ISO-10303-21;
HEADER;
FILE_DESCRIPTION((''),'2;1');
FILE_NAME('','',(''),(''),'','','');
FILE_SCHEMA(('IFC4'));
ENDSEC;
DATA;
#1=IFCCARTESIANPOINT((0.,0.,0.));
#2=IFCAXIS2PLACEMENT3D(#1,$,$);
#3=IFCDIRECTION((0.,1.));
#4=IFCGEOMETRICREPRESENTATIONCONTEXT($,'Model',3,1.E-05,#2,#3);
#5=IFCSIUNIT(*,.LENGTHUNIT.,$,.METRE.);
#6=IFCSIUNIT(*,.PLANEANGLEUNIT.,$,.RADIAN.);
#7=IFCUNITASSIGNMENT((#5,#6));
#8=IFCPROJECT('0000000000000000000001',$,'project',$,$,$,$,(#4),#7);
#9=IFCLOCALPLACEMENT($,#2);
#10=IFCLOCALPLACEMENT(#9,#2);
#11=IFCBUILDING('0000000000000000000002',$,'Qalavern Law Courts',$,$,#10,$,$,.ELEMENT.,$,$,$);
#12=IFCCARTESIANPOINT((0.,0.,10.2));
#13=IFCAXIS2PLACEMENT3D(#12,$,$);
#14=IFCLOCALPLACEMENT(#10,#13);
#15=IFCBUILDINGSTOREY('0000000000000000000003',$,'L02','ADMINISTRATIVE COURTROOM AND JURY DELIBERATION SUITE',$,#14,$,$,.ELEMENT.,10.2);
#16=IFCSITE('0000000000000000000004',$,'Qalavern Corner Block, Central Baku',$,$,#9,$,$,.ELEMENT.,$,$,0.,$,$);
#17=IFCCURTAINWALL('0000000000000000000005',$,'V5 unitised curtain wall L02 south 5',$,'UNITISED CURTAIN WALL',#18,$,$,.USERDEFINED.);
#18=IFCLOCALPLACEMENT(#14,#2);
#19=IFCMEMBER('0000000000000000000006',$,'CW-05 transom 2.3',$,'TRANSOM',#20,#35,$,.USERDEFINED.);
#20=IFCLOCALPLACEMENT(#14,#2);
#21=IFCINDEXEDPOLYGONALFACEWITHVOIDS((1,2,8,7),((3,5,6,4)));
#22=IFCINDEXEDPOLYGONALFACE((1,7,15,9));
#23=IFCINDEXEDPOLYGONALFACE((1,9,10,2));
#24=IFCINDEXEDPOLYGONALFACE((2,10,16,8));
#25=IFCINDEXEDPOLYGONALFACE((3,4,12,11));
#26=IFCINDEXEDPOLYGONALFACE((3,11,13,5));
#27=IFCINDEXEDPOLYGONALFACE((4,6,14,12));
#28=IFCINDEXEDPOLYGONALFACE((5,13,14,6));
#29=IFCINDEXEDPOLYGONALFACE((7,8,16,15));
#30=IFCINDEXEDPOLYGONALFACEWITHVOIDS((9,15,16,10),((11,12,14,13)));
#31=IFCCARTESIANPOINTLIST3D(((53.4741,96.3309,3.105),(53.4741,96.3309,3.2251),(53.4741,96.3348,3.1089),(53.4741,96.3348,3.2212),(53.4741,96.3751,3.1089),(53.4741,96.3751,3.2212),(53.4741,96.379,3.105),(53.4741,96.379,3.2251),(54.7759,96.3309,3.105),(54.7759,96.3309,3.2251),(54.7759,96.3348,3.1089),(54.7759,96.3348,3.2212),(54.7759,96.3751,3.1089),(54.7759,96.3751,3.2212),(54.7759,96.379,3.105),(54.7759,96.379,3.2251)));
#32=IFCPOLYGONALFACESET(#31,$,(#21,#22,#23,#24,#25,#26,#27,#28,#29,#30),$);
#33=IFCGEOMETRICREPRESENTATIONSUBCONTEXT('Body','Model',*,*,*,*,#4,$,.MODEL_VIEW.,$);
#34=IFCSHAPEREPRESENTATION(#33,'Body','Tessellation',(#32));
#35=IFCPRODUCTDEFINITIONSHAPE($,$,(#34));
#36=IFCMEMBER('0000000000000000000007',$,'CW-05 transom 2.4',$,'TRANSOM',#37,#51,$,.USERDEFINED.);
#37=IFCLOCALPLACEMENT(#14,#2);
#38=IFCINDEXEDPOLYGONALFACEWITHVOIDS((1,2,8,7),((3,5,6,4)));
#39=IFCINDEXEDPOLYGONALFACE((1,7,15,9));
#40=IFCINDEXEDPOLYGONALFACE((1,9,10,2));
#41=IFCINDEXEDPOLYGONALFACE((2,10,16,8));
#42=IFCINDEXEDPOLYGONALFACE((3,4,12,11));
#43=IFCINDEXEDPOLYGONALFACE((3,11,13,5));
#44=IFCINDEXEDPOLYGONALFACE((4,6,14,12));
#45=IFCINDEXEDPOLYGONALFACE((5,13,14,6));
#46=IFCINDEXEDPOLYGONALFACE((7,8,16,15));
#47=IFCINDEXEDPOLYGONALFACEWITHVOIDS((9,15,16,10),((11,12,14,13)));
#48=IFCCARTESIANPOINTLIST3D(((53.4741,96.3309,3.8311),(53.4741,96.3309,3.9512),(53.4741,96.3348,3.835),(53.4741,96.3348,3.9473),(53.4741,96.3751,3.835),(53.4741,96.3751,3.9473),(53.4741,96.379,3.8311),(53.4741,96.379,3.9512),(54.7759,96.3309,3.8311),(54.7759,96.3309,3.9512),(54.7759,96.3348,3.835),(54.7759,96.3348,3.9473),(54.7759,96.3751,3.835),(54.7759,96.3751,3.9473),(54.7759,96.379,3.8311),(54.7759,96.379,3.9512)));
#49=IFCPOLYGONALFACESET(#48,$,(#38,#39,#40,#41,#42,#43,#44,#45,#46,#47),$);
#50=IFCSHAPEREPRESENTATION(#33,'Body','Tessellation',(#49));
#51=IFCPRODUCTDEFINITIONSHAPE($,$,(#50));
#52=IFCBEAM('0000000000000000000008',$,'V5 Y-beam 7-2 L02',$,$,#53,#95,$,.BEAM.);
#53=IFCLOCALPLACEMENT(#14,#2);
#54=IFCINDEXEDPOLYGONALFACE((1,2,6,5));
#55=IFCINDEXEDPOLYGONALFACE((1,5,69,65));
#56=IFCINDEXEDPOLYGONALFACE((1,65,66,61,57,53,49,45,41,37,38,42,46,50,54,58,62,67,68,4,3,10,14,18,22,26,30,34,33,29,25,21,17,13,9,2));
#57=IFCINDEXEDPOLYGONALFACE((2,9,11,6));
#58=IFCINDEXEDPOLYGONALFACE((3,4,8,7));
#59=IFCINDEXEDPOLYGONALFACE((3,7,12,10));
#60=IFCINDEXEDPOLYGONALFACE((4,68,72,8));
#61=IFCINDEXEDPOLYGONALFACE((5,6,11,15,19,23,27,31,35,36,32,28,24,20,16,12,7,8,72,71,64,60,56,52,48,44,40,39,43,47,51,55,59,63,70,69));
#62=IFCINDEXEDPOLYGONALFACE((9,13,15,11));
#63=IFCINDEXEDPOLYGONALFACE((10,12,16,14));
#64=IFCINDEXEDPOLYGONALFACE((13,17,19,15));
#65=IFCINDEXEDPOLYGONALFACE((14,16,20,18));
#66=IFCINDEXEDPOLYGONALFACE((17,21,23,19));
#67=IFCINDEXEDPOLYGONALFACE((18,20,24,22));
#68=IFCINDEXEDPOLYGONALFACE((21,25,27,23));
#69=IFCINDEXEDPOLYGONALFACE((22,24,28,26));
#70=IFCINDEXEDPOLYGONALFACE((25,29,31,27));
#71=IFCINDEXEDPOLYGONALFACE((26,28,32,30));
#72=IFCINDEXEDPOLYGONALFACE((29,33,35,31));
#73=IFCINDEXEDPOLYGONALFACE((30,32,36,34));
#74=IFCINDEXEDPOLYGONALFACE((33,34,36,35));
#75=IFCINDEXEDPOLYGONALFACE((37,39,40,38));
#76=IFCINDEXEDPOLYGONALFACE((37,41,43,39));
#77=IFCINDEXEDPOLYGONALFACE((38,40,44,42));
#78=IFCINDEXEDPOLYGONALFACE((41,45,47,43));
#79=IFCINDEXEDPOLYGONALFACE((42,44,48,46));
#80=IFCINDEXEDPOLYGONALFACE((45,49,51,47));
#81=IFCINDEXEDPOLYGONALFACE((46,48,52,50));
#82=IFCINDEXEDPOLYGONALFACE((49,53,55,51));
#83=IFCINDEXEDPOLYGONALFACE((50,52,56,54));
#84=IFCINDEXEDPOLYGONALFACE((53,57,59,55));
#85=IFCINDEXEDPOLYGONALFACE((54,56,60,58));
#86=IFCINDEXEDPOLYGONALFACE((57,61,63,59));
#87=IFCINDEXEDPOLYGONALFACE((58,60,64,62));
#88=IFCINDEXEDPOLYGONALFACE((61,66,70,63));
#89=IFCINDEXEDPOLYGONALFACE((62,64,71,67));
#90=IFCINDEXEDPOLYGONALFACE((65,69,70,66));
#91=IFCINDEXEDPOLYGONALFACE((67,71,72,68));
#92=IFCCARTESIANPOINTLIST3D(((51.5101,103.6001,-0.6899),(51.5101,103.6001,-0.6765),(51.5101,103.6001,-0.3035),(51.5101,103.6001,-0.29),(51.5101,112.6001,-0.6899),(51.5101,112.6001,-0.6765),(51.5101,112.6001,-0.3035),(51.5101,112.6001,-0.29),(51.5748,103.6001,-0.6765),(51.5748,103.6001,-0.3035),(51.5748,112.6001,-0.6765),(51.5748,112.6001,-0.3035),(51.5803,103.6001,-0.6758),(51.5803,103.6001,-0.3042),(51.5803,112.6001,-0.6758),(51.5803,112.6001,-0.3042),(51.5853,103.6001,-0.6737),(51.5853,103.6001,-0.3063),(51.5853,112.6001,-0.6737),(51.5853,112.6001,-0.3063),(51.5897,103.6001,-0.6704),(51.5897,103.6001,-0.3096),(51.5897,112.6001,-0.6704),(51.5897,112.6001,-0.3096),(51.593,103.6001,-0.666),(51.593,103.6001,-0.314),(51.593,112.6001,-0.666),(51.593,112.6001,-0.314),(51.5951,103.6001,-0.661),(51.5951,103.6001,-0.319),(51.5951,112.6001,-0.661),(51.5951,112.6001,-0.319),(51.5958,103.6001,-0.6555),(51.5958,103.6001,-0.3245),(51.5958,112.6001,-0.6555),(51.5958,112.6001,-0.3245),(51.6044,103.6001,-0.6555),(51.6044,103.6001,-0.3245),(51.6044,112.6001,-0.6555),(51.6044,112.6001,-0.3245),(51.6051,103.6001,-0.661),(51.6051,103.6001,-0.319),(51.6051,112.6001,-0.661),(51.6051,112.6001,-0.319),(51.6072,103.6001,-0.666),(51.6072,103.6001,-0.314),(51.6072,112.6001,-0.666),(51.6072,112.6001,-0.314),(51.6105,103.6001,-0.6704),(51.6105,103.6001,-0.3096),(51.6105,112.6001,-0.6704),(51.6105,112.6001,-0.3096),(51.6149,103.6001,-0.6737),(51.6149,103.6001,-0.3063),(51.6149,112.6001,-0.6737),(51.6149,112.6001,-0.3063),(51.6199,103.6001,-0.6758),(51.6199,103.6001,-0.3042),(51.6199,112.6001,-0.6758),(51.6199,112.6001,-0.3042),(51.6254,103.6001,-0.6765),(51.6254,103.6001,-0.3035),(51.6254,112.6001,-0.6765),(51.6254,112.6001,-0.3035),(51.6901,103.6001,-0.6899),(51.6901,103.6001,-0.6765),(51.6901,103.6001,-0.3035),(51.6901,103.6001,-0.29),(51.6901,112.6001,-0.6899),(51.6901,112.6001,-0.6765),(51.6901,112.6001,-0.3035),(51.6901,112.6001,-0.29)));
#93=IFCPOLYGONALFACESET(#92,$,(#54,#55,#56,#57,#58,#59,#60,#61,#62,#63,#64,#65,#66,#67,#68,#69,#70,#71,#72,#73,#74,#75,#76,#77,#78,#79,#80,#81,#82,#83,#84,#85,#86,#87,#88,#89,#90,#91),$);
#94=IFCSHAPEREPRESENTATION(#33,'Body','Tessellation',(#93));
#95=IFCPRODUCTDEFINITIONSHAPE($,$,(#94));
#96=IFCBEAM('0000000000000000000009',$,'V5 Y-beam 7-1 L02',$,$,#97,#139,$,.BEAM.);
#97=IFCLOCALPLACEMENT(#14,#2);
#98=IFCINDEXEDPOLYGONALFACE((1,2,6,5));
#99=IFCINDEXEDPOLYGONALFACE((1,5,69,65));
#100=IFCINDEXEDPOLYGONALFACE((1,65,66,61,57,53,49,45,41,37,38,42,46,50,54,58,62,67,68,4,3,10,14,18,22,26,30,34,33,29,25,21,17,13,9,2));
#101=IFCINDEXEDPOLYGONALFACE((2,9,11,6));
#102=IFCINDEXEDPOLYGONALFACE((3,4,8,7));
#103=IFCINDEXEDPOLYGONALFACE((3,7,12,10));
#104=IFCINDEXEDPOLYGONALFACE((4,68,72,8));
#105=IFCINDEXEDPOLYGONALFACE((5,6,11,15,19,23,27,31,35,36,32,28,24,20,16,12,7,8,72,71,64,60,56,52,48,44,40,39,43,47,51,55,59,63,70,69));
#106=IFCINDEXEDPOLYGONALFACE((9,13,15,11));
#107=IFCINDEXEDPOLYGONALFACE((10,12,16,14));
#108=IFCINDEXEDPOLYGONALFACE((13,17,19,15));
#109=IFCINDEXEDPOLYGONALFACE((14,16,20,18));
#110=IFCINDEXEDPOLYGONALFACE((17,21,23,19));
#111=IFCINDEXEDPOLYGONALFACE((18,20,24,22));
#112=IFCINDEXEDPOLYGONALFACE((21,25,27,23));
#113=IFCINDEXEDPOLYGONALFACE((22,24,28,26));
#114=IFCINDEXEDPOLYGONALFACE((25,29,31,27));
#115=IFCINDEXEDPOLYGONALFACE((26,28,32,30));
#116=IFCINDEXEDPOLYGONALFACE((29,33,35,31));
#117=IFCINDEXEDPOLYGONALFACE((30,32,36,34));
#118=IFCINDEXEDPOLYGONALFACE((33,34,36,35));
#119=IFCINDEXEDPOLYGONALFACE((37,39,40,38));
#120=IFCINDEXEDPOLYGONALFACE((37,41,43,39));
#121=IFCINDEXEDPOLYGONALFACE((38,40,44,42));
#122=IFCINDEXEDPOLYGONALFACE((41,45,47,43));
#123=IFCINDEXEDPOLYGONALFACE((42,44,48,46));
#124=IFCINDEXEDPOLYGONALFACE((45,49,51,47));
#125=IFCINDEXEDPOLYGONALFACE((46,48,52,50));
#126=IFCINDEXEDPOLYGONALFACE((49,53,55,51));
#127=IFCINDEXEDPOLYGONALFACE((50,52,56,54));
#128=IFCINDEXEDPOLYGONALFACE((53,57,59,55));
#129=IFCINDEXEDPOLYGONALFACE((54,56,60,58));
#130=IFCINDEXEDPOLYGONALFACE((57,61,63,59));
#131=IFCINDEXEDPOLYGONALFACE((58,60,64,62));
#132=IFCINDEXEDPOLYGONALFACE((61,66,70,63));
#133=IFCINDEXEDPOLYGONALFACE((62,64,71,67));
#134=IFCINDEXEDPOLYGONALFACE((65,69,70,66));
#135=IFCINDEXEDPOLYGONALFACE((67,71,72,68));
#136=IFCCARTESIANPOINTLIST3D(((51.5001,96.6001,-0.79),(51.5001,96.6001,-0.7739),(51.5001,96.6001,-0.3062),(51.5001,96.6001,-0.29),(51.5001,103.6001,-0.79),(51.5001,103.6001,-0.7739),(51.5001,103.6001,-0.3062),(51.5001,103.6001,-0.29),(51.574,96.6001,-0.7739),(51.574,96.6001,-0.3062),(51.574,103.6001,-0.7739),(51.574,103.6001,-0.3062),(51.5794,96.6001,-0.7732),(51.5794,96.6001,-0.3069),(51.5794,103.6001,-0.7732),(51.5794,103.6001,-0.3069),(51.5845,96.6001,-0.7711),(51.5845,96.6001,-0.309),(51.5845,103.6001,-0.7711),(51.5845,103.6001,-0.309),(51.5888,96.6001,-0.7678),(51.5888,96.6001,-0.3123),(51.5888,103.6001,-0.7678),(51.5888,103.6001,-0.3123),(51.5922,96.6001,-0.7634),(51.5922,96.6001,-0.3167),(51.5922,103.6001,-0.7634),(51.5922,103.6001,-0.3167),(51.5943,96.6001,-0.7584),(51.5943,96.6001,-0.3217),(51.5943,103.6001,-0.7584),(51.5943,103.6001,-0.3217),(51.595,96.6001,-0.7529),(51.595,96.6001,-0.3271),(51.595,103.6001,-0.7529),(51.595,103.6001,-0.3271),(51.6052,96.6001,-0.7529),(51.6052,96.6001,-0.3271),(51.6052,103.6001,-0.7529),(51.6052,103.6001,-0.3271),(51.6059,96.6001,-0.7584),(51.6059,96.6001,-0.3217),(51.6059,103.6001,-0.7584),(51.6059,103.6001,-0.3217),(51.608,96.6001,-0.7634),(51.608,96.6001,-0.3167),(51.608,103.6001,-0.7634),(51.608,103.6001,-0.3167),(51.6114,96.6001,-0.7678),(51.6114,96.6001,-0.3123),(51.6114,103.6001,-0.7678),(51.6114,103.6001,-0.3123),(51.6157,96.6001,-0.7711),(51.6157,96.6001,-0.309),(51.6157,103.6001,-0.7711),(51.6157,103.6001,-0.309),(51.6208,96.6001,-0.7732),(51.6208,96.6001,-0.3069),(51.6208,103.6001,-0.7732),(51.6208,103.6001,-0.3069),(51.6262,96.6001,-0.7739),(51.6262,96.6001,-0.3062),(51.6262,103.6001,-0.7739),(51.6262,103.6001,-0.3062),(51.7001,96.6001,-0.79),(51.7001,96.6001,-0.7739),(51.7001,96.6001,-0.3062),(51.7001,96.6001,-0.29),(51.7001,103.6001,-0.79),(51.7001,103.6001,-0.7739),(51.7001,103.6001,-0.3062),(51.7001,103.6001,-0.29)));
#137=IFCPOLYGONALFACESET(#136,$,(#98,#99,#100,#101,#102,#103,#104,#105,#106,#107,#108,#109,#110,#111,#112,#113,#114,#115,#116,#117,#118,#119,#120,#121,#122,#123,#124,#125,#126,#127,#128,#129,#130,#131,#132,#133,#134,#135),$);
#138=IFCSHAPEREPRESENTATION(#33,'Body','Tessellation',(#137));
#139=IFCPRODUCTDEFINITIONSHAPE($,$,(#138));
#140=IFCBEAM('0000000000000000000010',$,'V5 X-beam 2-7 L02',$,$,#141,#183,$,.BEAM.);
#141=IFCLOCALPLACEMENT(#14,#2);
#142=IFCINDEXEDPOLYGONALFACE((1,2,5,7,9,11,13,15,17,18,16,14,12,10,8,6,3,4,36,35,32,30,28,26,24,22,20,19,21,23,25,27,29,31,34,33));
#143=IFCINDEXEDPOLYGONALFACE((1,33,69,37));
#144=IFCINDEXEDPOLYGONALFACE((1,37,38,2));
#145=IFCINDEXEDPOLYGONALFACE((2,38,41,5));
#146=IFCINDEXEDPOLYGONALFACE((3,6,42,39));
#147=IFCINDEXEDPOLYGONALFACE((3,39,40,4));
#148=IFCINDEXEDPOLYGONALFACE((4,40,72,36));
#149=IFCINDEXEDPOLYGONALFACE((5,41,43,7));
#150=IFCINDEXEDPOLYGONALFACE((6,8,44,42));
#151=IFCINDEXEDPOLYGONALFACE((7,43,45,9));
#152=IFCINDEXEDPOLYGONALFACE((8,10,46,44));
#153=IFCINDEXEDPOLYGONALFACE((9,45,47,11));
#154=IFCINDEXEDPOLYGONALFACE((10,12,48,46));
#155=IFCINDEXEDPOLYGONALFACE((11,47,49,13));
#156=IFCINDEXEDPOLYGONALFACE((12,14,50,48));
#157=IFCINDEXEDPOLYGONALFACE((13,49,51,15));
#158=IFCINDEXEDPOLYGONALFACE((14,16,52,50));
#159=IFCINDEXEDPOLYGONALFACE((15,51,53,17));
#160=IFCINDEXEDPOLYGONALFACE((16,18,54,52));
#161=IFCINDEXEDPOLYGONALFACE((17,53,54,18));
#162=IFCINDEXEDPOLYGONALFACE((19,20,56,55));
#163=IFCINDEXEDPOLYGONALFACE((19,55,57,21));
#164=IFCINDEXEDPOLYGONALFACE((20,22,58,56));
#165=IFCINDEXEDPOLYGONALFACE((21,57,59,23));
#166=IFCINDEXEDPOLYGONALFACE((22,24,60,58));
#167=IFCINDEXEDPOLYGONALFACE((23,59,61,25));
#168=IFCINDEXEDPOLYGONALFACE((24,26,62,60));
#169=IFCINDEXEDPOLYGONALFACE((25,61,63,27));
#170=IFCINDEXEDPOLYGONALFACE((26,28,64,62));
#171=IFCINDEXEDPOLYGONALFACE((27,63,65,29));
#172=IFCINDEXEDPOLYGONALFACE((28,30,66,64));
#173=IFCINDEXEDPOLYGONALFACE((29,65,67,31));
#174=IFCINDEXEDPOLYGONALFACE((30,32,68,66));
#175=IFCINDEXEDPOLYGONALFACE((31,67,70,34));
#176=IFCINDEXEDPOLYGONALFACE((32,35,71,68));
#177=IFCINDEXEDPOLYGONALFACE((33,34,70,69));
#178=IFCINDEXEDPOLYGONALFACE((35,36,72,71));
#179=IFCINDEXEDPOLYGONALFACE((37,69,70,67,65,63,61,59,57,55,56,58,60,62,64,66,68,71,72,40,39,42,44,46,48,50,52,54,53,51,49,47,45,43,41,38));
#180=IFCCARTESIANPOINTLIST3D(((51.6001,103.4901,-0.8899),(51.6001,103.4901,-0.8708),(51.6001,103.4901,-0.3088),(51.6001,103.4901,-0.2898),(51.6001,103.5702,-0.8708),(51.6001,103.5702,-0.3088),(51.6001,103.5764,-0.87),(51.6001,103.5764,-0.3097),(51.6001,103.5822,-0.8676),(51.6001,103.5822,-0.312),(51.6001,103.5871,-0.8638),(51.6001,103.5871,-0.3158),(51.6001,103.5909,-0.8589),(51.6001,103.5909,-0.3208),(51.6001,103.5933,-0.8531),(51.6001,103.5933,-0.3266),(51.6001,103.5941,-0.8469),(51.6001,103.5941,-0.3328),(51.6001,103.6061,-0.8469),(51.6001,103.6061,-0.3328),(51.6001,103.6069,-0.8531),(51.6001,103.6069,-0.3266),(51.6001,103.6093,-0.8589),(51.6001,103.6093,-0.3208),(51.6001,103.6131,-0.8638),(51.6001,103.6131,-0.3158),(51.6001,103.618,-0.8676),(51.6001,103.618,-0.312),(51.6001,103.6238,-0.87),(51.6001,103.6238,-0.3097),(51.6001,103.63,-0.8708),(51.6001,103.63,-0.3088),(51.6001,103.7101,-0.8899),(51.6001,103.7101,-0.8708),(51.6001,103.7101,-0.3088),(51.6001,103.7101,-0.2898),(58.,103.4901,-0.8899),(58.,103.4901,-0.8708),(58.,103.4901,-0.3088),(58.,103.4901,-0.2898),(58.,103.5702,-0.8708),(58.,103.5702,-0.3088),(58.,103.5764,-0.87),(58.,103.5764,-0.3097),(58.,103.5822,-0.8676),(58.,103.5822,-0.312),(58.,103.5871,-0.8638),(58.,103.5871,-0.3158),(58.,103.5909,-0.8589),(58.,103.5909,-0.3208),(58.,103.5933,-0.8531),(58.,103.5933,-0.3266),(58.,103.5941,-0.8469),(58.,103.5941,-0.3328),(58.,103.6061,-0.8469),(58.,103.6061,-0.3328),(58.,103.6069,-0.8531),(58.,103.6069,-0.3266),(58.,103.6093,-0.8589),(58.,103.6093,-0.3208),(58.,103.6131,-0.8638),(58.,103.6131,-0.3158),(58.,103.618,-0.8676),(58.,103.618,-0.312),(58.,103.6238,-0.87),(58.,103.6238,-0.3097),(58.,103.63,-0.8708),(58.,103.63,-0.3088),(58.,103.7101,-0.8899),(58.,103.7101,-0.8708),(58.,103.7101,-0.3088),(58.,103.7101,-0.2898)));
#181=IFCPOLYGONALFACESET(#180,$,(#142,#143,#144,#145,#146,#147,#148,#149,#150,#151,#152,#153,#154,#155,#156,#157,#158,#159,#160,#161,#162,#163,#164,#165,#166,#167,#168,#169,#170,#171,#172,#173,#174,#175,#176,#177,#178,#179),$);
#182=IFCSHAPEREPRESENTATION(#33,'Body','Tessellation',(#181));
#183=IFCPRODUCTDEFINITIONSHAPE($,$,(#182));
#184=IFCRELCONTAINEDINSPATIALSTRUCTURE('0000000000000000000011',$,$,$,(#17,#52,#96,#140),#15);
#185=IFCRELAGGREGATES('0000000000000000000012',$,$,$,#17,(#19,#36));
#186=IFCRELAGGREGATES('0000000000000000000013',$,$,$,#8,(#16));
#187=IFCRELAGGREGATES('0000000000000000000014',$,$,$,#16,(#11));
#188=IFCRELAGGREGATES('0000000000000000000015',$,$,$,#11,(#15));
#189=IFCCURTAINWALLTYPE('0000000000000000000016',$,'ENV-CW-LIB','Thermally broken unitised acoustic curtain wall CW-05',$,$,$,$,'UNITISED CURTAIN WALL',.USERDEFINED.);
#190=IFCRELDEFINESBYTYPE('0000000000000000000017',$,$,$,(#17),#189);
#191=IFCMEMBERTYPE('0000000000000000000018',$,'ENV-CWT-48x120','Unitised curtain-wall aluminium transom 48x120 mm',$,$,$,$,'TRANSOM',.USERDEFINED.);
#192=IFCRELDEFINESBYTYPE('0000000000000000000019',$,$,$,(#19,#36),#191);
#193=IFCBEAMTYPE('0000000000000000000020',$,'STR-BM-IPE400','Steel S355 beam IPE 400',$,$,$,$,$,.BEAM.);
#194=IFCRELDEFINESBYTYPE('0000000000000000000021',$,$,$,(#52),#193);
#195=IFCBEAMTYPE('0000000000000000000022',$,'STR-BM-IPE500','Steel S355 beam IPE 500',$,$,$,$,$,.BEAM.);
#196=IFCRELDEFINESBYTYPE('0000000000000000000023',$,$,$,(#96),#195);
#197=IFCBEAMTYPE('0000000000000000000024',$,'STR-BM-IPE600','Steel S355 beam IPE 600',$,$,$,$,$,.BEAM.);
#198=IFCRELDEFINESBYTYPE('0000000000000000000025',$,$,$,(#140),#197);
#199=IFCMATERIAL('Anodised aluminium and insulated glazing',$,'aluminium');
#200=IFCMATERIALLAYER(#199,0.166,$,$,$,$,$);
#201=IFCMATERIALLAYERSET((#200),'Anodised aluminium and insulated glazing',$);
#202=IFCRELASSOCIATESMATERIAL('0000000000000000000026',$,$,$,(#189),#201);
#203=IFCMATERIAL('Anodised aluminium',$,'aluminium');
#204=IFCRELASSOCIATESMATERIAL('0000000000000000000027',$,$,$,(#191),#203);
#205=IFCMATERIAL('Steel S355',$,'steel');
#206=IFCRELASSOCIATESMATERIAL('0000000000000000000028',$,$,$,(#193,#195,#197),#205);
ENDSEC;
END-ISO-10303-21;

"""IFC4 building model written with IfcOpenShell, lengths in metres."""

from ifc_helpers import new_model, si_unit, direction, frame, origin, origin_2d, place, context, subcontext, project, spatial, hollow_rectangle, i_section, extrude, material, layer, layer_set, material_profile, profile_set, type_object, element, aggregate, save


model = new_model("IFC4")

# Units and contexts
model_context = context("Model", 3, precision=1e-05, world=origin(), true_north=direction((0.0, 1.0)))
body_context = subcontext(model_context, "Body", "Model", "MODEL_VIEW")
ifc_project = project(units=[si_unit("LENGTHUNIT", "METRE"), si_unit("PLANEANGLEUNIT", "RADIAN")], contexts=[model_context])

# Site, building, storey
site_placement = place(None, origin())
site = spatial("IfcSite", under=ifc_project, at=site_placement, Name="Qalavern Corner Block, Central Baku", CompositionType="ELEMENT", RefElevation=0.0)
building_placement = place(site_placement, origin())
building = spatial("IfcBuilding", under=site, at=building_placement, Name="Qalavern Law Courts", CompositionType="ELEMENT")
storey_placement = place(building_placement, frame((0.0, 0.0, 10.2)))
storey = spatial("IfcBuildingStorey", under=building, at=storey_placement, Name="L02", Description="ADMINISTRATIVE COURTROOM AND JURY DELIBERATION SUITE", CompositionType="ELEMENT", Elevation=10.2)

# Shared definitions
ifc_material_1 = material(Name="Anodised aluminium and insulated glazing", Category="aluminium")
ifc_layer_1 = layer(ifc_material_1, 0.166)
ifc_layer_set_1 = layer_set([ifc_layer_1], Name="Anodised aluminium and insulated glazing")
curtain_wall_type = type_object("IfcCurtainWallType", Name="ENV-CW-LIB", Description="Thermally broken unitised acoustic curtain wall CW-05", ElementType="UNITISED CURTAIN WALL", PredefinedType="USERDEFINED", material=ifc_layer_set_1)
ifc_material_2 = material(Name="Anodised aluminium", Category="aluminium")

# Curtain wall, members
curtain_wall_1_placement = place(storey_placement, origin())
curtain_wall_1 = element("IfcCurtainWall", 1, at=curtain_wall_1_placement, inside=storey, type_object=curtain_wall_type, Name="V5 unitised curtain wall L02 south 5", ObjectType="UNITISED CURTAIN WALL", PredefinedType="USERDEFINED")
ifc_material_profile_1 = material_profile(ifc_material_2, hollow_rectangle(XDim=0.0481, YDim=0.1201, WallThickness=0.0039, at=origin_2d()), Name="ALU TRANSOM 48x120")
ifc_profile_set_1 = profile_set([ifc_material_profile_1], Name="Anodised aluminium")
member_type_1 = type_object("IfcMemberType", Name="ENV-CWT-48x120", Description="Unitised curtain-wall aluminium transom 48x120 mm", ElementType="TRANSOM", PredefinedType="USERDEFINED", material=ifc_profile_set_1)
member_1_placement = place(storey_placement, frame((53.4741, 96.355, 3.165), z_axis=(1.0, 0.0, 0.0), x_axis=(0.0, 1.0, 0.0)))
member_1 = element("IfcMember", 2, at=member_1_placement, type_object=member_type_1, Name="CW-05 transom 2.3", ObjectType="TRANSOM", PredefinedType="USERDEFINED", context=body_context, shape_type="SweptSolid", body=[
    extrude(hollow_rectangle(XDim=0.0481, YDim=0.1201, WallThickness=0.0039, at=origin_2d()), origin(), (0.0, 0.0, 1.0), 1.3018),
])
member_2_placement = place(storey_placement, frame((53.4741, 96.355, 3.8911), z_axis=(1.0, 0.0, 0.0), x_axis=(0.0, 1.0, 0.0)))
member_2 = element("IfcMember", 3, at=member_2_placement, type_object=member_type_1, Name="CW-05 transom 2.4", ObjectType="TRANSOM", PredefinedType="USERDEFINED", context=body_context, shape_type="SweptSolid", body=[
    extrude(hollow_rectangle(XDim=0.0481, YDim=0.1201, WallThickness=0.0039, at=origin_2d()), origin(), (0.0, 0.0, 1.0), 1.3018),
])

# Beams
ifc_material_3 = material(Name="Steel S355", Category="steel")
ifc_material_profile_2 = material_profile(ifc_material_3, i_section(OverallWidth=0.1799, OverallDepth=0.3999, WebThickness=0.0085, FlangeThickness=0.0134, FilletRadius=0.021, at=origin_2d()), Name="IPE 400")
ifc_profile_set_2 = profile_set([ifc_material_profile_2], Name="Steel S355")
beam_type_1 = type_object("IfcBeamType", Name="STR-BM-IPE400", Description="Steel S355 beam IPE 400", PredefinedType="BEAM", material=ifc_profile_set_2)
beam_1_placement = place(storey_placement, frame((51.6001, 103.6001, -0.49), z_axis=(0.0, 1.0, 0.0), x_axis=(-1.0, 0.0, 0.0)))
element("IfcBeam", 4, at=beam_1_placement, inside=storey, type_object=beam_type_1, Name="V5 Y-beam 7-2 L02", PredefinedType="BEAM", context=body_context, shape_type="SweptSolid", body=[
    extrude(i_section(OverallWidth=0.1799, OverallDepth=0.3999, WebThickness=0.0085, FlangeThickness=0.0134, FilletRadius=0.021, at=origin_2d()), origin(), (0.0, 0.0, 1.0), 9.0),
])
ifc_material_profile_3 = material_profile(ifc_material_3, i_section(OverallWidth=0.2, OverallDepth=0.5, WebThickness=0.0103, FlangeThickness=0.0161, FilletRadius=0.021, at=origin_2d()), Name="IPE 500")
ifc_profile_set_3 = profile_set([ifc_material_profile_3], Name="Steel S355")
beam_type_2 = type_object("IfcBeamType", Name="STR-BM-IPE500", Description="Steel S355 beam IPE 500", PredefinedType="BEAM", material=ifc_profile_set_3)
beam_2_placement = place(storey_placement, frame((51.6001, 96.6001, -0.54), z_axis=(0.0, 1.0, 0.0), x_axis=(-1.0, 0.0, 0.0)))
element("IfcBeam", 5, at=beam_2_placement, inside=storey, type_object=beam_type_2, Name="V5 Y-beam 7-1 L02", PredefinedType="BEAM", context=body_context, shape_type="SweptSolid", body=[
    extrude(i_section(OverallWidth=0.2, OverallDepth=0.5, WebThickness=0.0103, FlangeThickness=0.0161, FilletRadius=0.021, at=origin_2d()), origin(), (0.0, 0.0, 1.0), 7.0),
])
ifc_material_profile_4 = material_profile(ifc_material_3, i_section(OverallWidth=0.22, OverallDepth=0.6001, WebThickness=0.012, FlangeThickness=0.019, FilletRadius=0.0239, at=origin_2d()), Name="IPE 600")
ifc_profile_set_4 = profile_set([ifc_material_profile_4], Name="Steel S355")
beam_type_3 = type_object("IfcBeamType", Name="STR-BM-IPE600", Description="Steel S355 beam IPE 600", PredefinedType="BEAM", material=ifc_profile_set_4)
beam_3_placement = place(storey_placement, frame((51.6001, 103.6001, -0.5898), z_axis=(1.0, 0.0, 0.0), x_axis=(0.0, 1.0, 0.0)))
element("IfcBeam", 6, at=beam_3_placement, inside=storey, type_object=beam_type_3, Name="V5 X-beam 2-7 L02", PredefinedType="BEAM", context=body_context, shape_type="SweptSolid", body=[
    extrude(i_section(OverallWidth=0.22, OverallDepth=0.6001, WebThickness=0.012, FlangeThickness=0.019, FilletRadius=0.0239, at=origin_2d()), origin(), (0.0, 0.0, 1.0), 6.3999),
])

aggregate(curtain_wall_1, [member_1, member_2])

save(model, "model.ifc")
